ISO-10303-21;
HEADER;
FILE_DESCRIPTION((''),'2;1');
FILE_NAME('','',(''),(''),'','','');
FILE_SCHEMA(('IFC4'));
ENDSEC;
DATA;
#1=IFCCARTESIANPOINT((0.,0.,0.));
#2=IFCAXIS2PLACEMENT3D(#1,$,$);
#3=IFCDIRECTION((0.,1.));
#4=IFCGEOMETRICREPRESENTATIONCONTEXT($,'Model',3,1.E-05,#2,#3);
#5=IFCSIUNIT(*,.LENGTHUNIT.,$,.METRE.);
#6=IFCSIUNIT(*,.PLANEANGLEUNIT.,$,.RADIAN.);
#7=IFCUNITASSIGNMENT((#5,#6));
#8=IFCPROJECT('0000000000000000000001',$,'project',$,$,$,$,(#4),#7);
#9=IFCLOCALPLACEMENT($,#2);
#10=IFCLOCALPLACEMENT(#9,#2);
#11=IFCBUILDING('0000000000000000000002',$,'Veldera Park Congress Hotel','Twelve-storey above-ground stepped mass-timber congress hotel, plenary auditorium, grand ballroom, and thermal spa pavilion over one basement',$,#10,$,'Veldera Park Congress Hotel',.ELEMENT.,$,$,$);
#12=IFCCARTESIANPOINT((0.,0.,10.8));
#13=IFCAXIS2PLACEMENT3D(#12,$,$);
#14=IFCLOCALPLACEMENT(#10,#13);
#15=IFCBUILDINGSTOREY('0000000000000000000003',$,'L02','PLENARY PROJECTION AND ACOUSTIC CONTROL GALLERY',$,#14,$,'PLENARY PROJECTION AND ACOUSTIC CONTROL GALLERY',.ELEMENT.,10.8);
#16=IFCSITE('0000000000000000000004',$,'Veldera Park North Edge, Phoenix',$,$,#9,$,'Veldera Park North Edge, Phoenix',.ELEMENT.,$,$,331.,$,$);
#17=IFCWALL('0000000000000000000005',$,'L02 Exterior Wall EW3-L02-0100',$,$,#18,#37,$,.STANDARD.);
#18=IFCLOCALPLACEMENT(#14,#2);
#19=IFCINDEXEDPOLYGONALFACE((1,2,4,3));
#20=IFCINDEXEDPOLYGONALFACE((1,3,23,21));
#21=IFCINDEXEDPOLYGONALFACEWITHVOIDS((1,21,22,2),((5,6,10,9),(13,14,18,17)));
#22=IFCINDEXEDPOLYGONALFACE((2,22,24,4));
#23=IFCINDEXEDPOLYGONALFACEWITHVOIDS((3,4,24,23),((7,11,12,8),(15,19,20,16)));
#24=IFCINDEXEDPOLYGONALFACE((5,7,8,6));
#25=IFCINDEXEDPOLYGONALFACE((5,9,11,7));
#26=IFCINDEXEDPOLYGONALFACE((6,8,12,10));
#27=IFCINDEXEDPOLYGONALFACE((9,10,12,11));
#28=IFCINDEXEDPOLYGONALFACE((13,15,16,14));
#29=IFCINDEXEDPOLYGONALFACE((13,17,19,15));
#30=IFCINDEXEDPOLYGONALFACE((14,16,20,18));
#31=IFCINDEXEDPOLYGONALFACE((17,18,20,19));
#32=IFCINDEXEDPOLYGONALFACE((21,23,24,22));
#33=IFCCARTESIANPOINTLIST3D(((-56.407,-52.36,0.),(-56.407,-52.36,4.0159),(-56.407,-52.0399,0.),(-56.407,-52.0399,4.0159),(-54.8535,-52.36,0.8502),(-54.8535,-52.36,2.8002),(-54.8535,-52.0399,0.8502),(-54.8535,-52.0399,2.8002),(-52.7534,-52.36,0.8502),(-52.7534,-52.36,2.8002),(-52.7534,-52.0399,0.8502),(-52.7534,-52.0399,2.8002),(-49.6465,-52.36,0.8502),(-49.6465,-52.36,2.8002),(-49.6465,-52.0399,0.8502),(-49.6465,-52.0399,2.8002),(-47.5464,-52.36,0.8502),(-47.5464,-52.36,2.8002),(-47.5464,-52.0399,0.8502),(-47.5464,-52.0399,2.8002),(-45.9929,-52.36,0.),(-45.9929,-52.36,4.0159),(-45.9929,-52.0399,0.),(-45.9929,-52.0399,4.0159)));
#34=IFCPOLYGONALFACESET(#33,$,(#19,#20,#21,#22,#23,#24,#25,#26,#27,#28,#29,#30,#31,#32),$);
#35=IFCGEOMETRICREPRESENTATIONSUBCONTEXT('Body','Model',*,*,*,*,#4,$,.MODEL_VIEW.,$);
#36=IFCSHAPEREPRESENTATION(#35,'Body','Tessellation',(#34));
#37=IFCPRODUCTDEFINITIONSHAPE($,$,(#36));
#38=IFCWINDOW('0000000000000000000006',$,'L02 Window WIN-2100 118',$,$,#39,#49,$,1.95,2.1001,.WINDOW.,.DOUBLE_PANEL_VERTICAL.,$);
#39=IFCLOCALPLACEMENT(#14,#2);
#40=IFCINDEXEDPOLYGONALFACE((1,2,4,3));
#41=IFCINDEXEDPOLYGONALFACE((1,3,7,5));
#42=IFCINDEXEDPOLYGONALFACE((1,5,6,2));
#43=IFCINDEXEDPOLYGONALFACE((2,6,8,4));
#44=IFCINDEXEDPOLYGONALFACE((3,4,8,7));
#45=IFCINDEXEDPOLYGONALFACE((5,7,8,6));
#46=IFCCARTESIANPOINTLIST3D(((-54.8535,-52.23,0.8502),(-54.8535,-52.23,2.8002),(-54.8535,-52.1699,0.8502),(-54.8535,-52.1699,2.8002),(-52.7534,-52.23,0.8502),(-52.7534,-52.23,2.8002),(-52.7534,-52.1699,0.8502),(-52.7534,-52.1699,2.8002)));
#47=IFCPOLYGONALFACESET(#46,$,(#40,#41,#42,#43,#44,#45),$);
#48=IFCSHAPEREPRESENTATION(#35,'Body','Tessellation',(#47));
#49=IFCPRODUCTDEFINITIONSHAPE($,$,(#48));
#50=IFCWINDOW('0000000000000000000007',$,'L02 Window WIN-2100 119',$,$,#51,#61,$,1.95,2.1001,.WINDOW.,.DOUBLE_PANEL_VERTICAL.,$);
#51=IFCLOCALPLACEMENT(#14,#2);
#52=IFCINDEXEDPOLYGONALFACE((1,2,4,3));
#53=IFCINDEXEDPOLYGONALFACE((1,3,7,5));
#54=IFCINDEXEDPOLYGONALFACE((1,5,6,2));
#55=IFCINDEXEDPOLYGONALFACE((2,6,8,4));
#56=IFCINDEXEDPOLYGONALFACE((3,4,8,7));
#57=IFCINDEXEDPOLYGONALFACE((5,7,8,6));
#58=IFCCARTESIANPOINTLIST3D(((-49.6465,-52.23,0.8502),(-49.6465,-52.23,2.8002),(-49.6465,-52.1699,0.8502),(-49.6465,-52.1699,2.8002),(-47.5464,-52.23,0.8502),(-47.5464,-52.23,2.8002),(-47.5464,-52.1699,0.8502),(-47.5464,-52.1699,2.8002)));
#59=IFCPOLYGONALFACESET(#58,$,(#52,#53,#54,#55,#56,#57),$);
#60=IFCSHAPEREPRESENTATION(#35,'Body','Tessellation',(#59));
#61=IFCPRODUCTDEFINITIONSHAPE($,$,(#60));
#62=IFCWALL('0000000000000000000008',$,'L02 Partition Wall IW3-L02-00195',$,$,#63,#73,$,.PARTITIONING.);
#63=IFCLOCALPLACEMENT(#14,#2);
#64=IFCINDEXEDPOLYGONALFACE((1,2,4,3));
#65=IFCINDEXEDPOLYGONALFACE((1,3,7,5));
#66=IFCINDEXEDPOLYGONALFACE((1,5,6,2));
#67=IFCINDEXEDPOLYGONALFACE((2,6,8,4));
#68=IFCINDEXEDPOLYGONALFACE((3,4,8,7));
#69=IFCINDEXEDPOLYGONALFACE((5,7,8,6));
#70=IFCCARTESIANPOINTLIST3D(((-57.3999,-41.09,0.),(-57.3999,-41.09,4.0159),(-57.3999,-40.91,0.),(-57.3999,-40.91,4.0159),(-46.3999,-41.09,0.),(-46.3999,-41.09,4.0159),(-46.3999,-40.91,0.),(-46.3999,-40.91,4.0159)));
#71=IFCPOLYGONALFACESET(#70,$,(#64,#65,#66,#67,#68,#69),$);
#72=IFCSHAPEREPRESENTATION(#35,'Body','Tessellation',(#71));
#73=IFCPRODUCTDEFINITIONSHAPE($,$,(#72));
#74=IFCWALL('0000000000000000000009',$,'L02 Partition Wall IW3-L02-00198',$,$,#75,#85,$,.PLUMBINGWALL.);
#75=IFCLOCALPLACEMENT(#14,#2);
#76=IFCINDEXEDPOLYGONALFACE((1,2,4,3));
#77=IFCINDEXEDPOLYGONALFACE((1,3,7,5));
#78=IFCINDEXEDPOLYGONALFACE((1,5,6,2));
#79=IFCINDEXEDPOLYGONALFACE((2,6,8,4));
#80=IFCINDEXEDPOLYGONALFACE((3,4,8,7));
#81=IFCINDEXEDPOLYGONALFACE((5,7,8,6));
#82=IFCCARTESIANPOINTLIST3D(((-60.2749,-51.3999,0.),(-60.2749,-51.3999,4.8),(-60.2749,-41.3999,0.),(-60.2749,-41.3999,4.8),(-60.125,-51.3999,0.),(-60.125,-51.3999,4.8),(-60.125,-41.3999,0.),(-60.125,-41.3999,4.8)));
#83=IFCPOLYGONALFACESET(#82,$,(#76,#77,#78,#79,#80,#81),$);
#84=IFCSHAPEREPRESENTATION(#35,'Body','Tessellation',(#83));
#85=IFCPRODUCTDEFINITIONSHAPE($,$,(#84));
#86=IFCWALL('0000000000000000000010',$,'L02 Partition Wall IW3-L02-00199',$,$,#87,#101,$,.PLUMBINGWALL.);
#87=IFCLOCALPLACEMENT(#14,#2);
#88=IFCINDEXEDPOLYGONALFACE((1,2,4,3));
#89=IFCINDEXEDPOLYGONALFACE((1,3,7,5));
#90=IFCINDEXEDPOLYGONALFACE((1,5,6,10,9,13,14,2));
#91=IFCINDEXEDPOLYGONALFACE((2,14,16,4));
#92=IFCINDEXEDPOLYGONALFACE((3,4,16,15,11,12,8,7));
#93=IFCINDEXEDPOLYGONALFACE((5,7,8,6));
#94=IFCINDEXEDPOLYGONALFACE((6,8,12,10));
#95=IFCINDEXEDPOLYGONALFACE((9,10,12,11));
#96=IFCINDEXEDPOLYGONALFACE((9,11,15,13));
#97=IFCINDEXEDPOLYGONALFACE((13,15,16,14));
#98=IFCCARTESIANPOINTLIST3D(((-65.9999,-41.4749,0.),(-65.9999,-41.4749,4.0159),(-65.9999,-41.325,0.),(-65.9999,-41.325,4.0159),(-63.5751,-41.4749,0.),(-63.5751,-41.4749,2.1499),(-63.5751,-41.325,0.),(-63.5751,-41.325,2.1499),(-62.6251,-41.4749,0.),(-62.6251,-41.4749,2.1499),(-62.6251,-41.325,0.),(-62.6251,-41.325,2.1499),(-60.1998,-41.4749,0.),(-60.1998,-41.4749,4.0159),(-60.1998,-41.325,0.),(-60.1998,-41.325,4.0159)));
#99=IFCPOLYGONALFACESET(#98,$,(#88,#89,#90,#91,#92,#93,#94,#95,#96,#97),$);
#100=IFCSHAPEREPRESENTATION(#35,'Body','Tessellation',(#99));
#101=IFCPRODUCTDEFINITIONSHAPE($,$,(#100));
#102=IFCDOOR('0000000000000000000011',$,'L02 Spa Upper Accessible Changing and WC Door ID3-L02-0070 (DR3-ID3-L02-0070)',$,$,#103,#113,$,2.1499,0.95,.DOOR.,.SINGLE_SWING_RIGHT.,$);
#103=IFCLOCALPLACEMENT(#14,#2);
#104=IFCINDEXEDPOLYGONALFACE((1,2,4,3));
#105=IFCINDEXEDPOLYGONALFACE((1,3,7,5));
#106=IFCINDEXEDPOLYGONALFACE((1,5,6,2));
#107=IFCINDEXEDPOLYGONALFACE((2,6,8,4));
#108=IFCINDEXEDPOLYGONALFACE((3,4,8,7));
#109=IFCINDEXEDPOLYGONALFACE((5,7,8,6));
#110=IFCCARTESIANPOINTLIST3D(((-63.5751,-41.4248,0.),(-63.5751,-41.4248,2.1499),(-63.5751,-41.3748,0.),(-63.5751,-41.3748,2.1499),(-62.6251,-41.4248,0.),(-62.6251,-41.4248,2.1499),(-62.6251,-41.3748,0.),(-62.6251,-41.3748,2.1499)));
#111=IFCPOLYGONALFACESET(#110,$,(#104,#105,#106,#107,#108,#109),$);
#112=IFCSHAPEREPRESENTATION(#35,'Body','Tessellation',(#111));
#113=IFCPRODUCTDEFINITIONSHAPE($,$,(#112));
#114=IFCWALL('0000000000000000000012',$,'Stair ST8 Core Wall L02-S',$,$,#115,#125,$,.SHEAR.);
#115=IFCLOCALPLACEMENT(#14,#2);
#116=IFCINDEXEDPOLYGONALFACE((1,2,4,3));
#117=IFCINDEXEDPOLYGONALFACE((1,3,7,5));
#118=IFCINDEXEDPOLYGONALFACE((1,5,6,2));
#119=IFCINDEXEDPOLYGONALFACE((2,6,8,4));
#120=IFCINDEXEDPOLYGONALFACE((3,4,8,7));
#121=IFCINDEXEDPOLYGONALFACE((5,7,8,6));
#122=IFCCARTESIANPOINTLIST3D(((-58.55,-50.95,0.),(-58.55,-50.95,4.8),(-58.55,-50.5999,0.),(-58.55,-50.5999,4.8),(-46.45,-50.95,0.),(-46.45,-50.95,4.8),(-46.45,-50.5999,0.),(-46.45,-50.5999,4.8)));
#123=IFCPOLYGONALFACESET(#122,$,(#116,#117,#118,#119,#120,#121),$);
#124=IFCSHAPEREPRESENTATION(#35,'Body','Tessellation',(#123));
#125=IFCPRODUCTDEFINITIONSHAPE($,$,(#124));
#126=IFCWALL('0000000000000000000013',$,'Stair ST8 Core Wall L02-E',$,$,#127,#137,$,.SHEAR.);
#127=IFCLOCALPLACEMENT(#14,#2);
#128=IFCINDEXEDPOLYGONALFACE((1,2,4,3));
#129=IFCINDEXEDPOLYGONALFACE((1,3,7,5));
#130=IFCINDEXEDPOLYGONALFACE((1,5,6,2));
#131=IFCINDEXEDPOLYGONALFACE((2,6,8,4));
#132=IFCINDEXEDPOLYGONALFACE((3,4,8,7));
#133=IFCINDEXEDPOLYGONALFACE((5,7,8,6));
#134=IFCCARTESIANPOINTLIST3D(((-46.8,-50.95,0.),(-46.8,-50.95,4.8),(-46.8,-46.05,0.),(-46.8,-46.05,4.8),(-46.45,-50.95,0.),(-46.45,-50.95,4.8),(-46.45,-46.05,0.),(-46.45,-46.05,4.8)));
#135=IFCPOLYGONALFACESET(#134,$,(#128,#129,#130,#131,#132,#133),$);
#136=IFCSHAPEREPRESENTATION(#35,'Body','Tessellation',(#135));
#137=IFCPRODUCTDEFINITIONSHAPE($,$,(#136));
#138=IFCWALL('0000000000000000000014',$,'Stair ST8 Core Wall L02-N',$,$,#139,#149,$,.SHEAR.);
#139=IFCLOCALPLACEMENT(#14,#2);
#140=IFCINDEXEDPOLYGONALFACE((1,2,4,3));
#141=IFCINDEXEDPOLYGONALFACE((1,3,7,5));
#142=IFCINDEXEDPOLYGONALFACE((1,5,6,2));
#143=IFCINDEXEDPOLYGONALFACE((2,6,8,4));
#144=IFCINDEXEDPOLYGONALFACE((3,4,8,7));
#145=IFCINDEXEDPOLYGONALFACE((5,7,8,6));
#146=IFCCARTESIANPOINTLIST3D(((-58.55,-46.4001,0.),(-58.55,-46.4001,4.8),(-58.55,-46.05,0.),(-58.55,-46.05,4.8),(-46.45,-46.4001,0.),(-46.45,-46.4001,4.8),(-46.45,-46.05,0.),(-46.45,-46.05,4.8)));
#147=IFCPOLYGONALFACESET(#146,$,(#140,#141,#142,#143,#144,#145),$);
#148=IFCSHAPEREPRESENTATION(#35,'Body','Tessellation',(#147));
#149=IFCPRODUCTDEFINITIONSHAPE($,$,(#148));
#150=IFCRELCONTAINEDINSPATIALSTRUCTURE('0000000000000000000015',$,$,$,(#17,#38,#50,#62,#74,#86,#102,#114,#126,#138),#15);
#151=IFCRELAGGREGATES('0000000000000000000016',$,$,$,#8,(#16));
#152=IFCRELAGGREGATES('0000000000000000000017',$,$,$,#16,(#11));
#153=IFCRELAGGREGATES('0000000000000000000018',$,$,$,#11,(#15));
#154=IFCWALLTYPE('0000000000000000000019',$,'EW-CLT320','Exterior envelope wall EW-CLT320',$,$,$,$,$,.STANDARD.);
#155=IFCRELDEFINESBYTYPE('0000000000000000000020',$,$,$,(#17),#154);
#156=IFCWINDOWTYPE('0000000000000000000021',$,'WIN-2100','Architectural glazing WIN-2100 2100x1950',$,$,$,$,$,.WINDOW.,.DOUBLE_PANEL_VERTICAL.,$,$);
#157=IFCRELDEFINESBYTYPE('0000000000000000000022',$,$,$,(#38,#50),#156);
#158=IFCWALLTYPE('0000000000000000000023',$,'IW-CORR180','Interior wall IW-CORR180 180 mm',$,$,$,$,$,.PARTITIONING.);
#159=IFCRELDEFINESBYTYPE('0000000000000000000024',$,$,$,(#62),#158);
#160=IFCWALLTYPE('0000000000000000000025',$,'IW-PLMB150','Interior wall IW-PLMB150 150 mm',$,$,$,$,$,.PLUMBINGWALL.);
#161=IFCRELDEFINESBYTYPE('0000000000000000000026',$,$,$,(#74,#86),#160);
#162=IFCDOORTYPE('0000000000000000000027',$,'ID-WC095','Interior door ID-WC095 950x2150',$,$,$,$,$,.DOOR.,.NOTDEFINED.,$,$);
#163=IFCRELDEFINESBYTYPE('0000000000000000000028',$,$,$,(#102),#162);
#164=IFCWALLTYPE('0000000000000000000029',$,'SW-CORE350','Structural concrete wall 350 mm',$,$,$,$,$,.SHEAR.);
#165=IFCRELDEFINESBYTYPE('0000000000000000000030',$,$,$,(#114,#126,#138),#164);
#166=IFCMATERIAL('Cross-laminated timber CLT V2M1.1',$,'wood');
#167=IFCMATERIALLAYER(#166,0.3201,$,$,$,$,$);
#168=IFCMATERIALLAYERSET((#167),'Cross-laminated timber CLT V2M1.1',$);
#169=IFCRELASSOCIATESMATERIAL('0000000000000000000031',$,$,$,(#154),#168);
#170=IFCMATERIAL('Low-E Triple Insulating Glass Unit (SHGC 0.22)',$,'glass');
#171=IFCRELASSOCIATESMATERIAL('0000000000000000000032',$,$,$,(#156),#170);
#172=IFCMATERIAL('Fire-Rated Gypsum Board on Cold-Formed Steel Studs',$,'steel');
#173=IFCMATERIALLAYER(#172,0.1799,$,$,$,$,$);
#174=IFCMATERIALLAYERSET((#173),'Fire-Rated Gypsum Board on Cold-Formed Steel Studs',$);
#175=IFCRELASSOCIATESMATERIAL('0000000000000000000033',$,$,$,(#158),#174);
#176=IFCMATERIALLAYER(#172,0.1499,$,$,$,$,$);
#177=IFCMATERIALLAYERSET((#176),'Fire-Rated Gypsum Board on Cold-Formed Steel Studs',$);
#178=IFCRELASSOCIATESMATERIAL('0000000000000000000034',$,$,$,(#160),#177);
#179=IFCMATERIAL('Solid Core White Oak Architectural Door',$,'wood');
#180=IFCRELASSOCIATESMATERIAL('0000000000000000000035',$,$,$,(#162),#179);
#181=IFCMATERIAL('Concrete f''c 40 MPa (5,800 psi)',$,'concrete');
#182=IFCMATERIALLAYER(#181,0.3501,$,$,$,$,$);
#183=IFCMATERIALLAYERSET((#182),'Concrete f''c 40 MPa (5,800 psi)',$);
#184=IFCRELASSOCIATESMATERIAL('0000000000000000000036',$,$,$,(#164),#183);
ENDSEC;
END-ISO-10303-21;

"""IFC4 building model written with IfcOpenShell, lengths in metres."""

from ifc_helpers import new_model, si_unit, direction, frame, frame_2d, origin, place, context, subcontext, project, spatial, rectangle, extrude, material, layer, layer_set, type_object, element, fill, save


model = new_model("IFC4")

# Units and contexts
model_context = context("Model", 3, precision=1e-05, world=origin(), true_north=direction((0.0, 1.0)))
body_context = subcontext(model_context, "Body", "Model", "MODEL_VIEW")
ifc_project = project(units=[si_unit("LENGTHUNIT", "METRE"), si_unit("PLANEANGLEUNIT", "RADIAN")], contexts=[model_context])

# Site, building, storey
site_placement = place(None, origin())
site = spatial("IfcSite", under=ifc_project, at=site_placement, Name="Veldera Park North Edge, Phoenix", LongName="Veldera Park North Edge, Phoenix", CompositionType="ELEMENT", RefElevation=331.0)
building_placement = place(site_placement, origin())
building = spatial("IfcBuilding", under=site, at=building_placement, Name="Veldera Park Congress Hotel", Description="Twelve-storey above-ground stepped mass-timber congress hotel, plenary auditorium, grand ballroom, and thermal spa pavilion over one basement", LongName="Veldera Park Congress Hotel", CompositionType="ELEMENT")
storey_placement = place(building_placement, frame((0.0, 0.0, 10.8)))
storey = spatial("IfcBuildingStorey", under=building, at=storey_placement, Name="L02", Description="PLENARY PROJECTION AND ACOUSTIC CONTROL GALLERY", LongName="PLENARY PROJECTION AND ACOUSTIC CONTROL GALLERY", CompositionType="ELEMENT", Elevation=10.8)

# Shared definitions
ifc_material_1 = material(Name="Low-E Triple Insulating Glass Unit (SHGC 0.22)", Category="glass")

# Wall, openings, windows
ifc_material_2 = material(Name="Cross-laminated timber CLT V2M1.1", Category="wood")
ifc_layer_1 = layer(ifc_material_2, 0.3201)
ifc_layer_set_1 = layer_set([ifc_layer_1], Name="Cross-laminated timber CLT V2M1.1")
wall_type_1 = type_object("IfcWallType", Name="EW-CLT320", Description="Exterior envelope wall EW-CLT320", PredefinedType="STANDARD", material=ifc_layer_set_1)
wall_1_placement = place(storey_placement, frame((-56.407, -52.2, 0.0), z_axis=(0.0, 0.0, 1.0), x_axis=(1.0, 0.0, 0.0)))
wall_1 = element("IfcWall", 1, at=wall_1_placement, inside=storey, type_object=wall_type_1, Name="L02 Exterior Wall EW3-L02-0100", PredefinedType="STANDARD", context=body_context, shape_type="SweptSolid", body=[
    extrude(rectangle(XDim=10.4141, YDim=0.3201, at=frame_2d((5.207, 0.0))), origin(), (0.0, 0.0, 1.0), 4.0159),
])
opening_1_placement = place(wall_1_placement, frame((1.5535, 0.0, 0.8501)))
opening_1 = element("IfcOpeningElement", 2, at=opening_1_placement, cuts=wall_1, PredefinedType="OPENING", context=body_context, shape_type="SweptSolid", body=[
    extrude(rectangle(XDim=2.1001, YDim=1.95, at=frame_2d((1.05, 0.9751))), frame((0.0, 0.1721, 0.0), z_axis=(0.0, -1.0, 0.0), x_axis=(1.0, 0.0, 0.0)), (0.0, 0.0, 1.0), 0.344),
])
opening_2_placement = place(wall_1_placement, frame((6.7605, 0.0, 0.8501)))
opening_2 = element("IfcOpeningElement", 3, at=opening_2_placement, cuts=wall_1, PredefinedType="OPENING", context=body_context, shape_type="SweptSolid", body=[
    extrude(rectangle(XDim=2.1001, YDim=1.95, at=frame_2d((1.05, 0.9751))), frame((0.0, 0.1721, 0.0), z_axis=(0.0, -1.0, 0.0), x_axis=(1.0, 0.0, 0.0)), (0.0, 0.0, 1.0), 0.344),
])
window_type = type_object("IfcWindowType", Name="WIN-2100", Description="Architectural glazing WIN-2100 2100x1950", PartitioningType="DOUBLE_PANEL_VERTICAL", PredefinedType="WINDOW", material=ifc_material_1)
window_1_placement = place(opening_1_placement, origin())
window_1 = element("IfcWindow", 4, at=window_1_placement, inside=storey, type_object=window_type, Name="L02 Window WIN-2100 118", OverallHeight=1.95, OverallWidth=2.1001, PartitioningType="DOUBLE_PANEL_VERTICAL", PredefinedType="WINDOW", context=body_context, shape_type="SweptSolid", body=[
    extrude(rectangle(XDim=2.1001, YDim=1.95, at=frame_2d((1.05, 0.9751))), frame((0.0, 0.03, 0.0), z_axis=(0.0, -1.0, 0.0), x_axis=(1.0, 0.0, 0.0)), (0.0, 0.0, 1.0), 0.0601),
])
fill(opening_1, window_1)
window_2_placement = place(opening_2_placement, origin())
window_2 = element("IfcWindow", 5, at=window_2_placement, inside=storey, type_object=window_type, Name="L02 Window WIN-2100 119", OverallHeight=1.95, OverallWidth=2.1001, PartitioningType="DOUBLE_PANEL_VERTICAL", PredefinedType="WINDOW", context=body_context, shape_type="SweptSolid", body=[
    extrude(rectangle(XDim=2.1001, YDim=1.95, at=frame_2d((1.05, 0.9751))), frame((0.0, 0.03, 0.0), z_axis=(0.0, -1.0, 0.0), x_axis=(1.0, 0.0, 0.0)), (0.0, 0.0, 1.0), 0.0601),
])
fill(opening_2, window_2)

# Walls
ifc_material_3 = material(Name="Fire-Rated Gypsum Board on Cold-Formed Steel Studs", Category="steel")
ifc_layer_2 = layer(ifc_material_3, 0.1799)
ifc_layer_set_2 = layer_set([ifc_layer_2], Name="Fire-Rated Gypsum Board on Cold-Formed Steel Studs")
wall_type_2 = type_object("IfcWallType", Name="IW-CORR180", Description="Interior wall IW-CORR180 180 mm", PredefinedType="PARTITIONING", material=ifc_layer_set_2)
wall_2_placement = place(storey_placement, frame((-57.3999, -41.0, 0.0), z_axis=(0.0, 0.0, 1.0), x_axis=(1.0, 0.0, 0.0)))
element("IfcWall", 6, at=wall_2_placement, inside=storey, type_object=wall_type_2, Name="L02 Partition Wall IW3-L02-00195", PredefinedType="PARTITIONING", context=body_context, shape_type="SweptSolid", body=[
    extrude(rectangle(XDim=11.0, YDim=0.1799, at=frame_2d((5.5, 0.0))), origin(), (0.0, 0.0, 1.0), 4.0159),
])
ifc_layer_3 = layer(ifc_material_3, 0.1499)
ifc_layer_set_3 = layer_set([ifc_layer_3], Name="Fire-Rated Gypsum Board on Cold-Formed Steel Studs")
wall_type_3 = type_object("IfcWallType", Name="IW-PLMB150", Description="Interior wall IW-PLMB150 150 mm", PredefinedType="PLUMBINGWALL", material=ifc_layer_set_3)
wall_3_placement = place(storey_placement, frame((-60.2, -51.3999, 0.0), z_axis=(0.0, 0.0, 1.0), x_axis=(0.0, 1.0, 0.0)))
element("IfcWall", 7, at=wall_3_placement, inside=storey, type_object=wall_type_3, Name="L02 Partition Wall IW3-L02-00198", PredefinedType="PLUMBINGWALL", context=body_context, shape_type="SweptSolid", body=[
    extrude(rectangle(XDim=10.0, YDim=0.1499, at=frame_2d((5.0, 0.0))), origin(), (0.0, 0.0, 1.0), 4.8),
])

# Wall, opening, door
wall_4_placement = place(storey_placement, frame((-60.2, -41.3999, 0.0), z_axis=(0.0, 0.0, 1.0), x_axis=(-1.0, 0.0, 0.0)))
wall_4 = element("IfcWall", 8, at=wall_4_placement, inside=storey, type_object=wall_type_3, Name="L02 Partition Wall IW3-L02-00199", PredefinedType="PLUMBINGWALL", context=body_context, shape_type="SweptSolid", body=[
    extrude(rectangle(XDim=5.8, YDim=0.1499, at=frame_2d((2.8999, 0.0))), origin(), (0.0, 0.0, 1.0), 4.0159),
])
opening_3_placement = place(wall_4_placement, frame((2.425, 0.0, 0.0)))
opening_3 = element("IfcOpeningElement", 9, at=opening_3_placement, cuts=wall_4, PredefinedType="OPENING", context=body_context, shape_type="SweptSolid", body=[
    extrude(rectangle(XDim=0.95, YDim=2.1499, at=frame_2d((0.4751, 1.075))), frame((0.0, 0.0869, 0.0), z_axis=(0.0, -1.0, 0.0), x_axis=(1.0, 0.0, 0.0)), (0.0, 0.0, 1.0), 0.1738),
])
ifc_material_4 = material(Name="Solid Core White Oak Architectural Door", Category="wood")
door_type_1 = type_object("IfcDoorType", Name="ID-WC095", Description="Interior door ID-WC095 950x2150", OperationType="NOTDEFINED", PredefinedType="DOOR", material=ifc_material_4)
door_1_placement = place(opening_3_placement, origin())
door_1 = element("IfcDoor", 10, at=door_1_placement, inside=storey, type_object=door_type_1, Name="L02 Spa Upper Accessible Changing and WC Door ID3-L02-0070 (DR3-ID3-L02-0070)", OperationType="SINGLE_SWING_RIGHT", OverallHeight=2.1499, OverallWidth=0.95, PredefinedType="DOOR", context=body_context, shape_type="SweptSolid", body=[
    extrude(rectangle(XDim=0.95, YDim=2.1499, at=frame_2d((0.4751, 1.075))), frame((0.0, 0.0249, 0.0), z_axis=(0.0, -1.0, 0.0), x_axis=(1.0, 0.0, 0.0)), (0.0, 0.0, 1.0), 0.05),
])
fill(opening_3, door_1)

# Walls
ifc_material_5 = material(Name="Concrete f'c 40 MPa (5,800 psi)", Category="concrete")
ifc_layer_4 = layer(ifc_material_5, 0.3501)
ifc_layer_set_4 = layer_set([ifc_layer_4], Name="Concrete f'c 40 MPa (5,800 psi)")
wall_type_4 = type_object("IfcWallType", Name="SW-CORE350", Description="Structural concrete wall 350 mm", PredefinedType="SHEAR", material=ifc_layer_set_4)
wall_5_placement = place(storey_placement, frame((-58.55, -50.7749, 0.0), z_axis=(0.0, 0.0, 1.0), x_axis=(1.0, 0.0, 0.0)))
element("IfcWall", 11, at=wall_5_placement, inside=storey, type_object=wall_type_4, Name="Stair ST8 Core Wall L02-S", PredefinedType="SHEAR", context=body_context, shape_type="SweptSolid", body=[
    extrude(rectangle(XDim=12.1001, YDim=0.3501, at=frame_2d((6.05, 0.0))), origin(), (0.0, 0.0, 1.0), 4.8),
])
wall_6_placement = place(storey_placement, frame((-46.625, -50.95, 0.0), z_axis=(0.0, 0.0, 1.0), x_axis=(0.0, 1.0, 0.0)))
element("IfcWall", 12, at=wall_6_placement, inside=storey, type_object=wall_type_4, Name="Stair ST8 Core Wall L02-E", PredefinedType="SHEAR", context=body_context, shape_type="SweptSolid", body=[
    extrude(rectangle(XDim=4.8999, YDim=0.3501, at=frame_2d((2.45, 0.0))), origin(), (0.0, 0.0, 1.0), 4.8),
])
wall_7_placement = place(storey_placement, frame((-46.45, -46.2251, 0.0), z_axis=(0.0, 0.0, 1.0), x_axis=(-1.0, 0.0, 0.0)))
element("IfcWall", 13, at=wall_7_placement, inside=storey, type_object=wall_type_4, Name="Stair ST8 Core Wall L02-N", PredefinedType="SHEAR", context=body_context, shape_type="SweptSolid", body=[
    extrude(rectangle(XDim=12.1001, YDim=0.3501, at=frame_2d((6.05, 0.0))), origin(), (0.0, 0.0, 1.0), 4.8),
])

save(model, "model.ifc")
